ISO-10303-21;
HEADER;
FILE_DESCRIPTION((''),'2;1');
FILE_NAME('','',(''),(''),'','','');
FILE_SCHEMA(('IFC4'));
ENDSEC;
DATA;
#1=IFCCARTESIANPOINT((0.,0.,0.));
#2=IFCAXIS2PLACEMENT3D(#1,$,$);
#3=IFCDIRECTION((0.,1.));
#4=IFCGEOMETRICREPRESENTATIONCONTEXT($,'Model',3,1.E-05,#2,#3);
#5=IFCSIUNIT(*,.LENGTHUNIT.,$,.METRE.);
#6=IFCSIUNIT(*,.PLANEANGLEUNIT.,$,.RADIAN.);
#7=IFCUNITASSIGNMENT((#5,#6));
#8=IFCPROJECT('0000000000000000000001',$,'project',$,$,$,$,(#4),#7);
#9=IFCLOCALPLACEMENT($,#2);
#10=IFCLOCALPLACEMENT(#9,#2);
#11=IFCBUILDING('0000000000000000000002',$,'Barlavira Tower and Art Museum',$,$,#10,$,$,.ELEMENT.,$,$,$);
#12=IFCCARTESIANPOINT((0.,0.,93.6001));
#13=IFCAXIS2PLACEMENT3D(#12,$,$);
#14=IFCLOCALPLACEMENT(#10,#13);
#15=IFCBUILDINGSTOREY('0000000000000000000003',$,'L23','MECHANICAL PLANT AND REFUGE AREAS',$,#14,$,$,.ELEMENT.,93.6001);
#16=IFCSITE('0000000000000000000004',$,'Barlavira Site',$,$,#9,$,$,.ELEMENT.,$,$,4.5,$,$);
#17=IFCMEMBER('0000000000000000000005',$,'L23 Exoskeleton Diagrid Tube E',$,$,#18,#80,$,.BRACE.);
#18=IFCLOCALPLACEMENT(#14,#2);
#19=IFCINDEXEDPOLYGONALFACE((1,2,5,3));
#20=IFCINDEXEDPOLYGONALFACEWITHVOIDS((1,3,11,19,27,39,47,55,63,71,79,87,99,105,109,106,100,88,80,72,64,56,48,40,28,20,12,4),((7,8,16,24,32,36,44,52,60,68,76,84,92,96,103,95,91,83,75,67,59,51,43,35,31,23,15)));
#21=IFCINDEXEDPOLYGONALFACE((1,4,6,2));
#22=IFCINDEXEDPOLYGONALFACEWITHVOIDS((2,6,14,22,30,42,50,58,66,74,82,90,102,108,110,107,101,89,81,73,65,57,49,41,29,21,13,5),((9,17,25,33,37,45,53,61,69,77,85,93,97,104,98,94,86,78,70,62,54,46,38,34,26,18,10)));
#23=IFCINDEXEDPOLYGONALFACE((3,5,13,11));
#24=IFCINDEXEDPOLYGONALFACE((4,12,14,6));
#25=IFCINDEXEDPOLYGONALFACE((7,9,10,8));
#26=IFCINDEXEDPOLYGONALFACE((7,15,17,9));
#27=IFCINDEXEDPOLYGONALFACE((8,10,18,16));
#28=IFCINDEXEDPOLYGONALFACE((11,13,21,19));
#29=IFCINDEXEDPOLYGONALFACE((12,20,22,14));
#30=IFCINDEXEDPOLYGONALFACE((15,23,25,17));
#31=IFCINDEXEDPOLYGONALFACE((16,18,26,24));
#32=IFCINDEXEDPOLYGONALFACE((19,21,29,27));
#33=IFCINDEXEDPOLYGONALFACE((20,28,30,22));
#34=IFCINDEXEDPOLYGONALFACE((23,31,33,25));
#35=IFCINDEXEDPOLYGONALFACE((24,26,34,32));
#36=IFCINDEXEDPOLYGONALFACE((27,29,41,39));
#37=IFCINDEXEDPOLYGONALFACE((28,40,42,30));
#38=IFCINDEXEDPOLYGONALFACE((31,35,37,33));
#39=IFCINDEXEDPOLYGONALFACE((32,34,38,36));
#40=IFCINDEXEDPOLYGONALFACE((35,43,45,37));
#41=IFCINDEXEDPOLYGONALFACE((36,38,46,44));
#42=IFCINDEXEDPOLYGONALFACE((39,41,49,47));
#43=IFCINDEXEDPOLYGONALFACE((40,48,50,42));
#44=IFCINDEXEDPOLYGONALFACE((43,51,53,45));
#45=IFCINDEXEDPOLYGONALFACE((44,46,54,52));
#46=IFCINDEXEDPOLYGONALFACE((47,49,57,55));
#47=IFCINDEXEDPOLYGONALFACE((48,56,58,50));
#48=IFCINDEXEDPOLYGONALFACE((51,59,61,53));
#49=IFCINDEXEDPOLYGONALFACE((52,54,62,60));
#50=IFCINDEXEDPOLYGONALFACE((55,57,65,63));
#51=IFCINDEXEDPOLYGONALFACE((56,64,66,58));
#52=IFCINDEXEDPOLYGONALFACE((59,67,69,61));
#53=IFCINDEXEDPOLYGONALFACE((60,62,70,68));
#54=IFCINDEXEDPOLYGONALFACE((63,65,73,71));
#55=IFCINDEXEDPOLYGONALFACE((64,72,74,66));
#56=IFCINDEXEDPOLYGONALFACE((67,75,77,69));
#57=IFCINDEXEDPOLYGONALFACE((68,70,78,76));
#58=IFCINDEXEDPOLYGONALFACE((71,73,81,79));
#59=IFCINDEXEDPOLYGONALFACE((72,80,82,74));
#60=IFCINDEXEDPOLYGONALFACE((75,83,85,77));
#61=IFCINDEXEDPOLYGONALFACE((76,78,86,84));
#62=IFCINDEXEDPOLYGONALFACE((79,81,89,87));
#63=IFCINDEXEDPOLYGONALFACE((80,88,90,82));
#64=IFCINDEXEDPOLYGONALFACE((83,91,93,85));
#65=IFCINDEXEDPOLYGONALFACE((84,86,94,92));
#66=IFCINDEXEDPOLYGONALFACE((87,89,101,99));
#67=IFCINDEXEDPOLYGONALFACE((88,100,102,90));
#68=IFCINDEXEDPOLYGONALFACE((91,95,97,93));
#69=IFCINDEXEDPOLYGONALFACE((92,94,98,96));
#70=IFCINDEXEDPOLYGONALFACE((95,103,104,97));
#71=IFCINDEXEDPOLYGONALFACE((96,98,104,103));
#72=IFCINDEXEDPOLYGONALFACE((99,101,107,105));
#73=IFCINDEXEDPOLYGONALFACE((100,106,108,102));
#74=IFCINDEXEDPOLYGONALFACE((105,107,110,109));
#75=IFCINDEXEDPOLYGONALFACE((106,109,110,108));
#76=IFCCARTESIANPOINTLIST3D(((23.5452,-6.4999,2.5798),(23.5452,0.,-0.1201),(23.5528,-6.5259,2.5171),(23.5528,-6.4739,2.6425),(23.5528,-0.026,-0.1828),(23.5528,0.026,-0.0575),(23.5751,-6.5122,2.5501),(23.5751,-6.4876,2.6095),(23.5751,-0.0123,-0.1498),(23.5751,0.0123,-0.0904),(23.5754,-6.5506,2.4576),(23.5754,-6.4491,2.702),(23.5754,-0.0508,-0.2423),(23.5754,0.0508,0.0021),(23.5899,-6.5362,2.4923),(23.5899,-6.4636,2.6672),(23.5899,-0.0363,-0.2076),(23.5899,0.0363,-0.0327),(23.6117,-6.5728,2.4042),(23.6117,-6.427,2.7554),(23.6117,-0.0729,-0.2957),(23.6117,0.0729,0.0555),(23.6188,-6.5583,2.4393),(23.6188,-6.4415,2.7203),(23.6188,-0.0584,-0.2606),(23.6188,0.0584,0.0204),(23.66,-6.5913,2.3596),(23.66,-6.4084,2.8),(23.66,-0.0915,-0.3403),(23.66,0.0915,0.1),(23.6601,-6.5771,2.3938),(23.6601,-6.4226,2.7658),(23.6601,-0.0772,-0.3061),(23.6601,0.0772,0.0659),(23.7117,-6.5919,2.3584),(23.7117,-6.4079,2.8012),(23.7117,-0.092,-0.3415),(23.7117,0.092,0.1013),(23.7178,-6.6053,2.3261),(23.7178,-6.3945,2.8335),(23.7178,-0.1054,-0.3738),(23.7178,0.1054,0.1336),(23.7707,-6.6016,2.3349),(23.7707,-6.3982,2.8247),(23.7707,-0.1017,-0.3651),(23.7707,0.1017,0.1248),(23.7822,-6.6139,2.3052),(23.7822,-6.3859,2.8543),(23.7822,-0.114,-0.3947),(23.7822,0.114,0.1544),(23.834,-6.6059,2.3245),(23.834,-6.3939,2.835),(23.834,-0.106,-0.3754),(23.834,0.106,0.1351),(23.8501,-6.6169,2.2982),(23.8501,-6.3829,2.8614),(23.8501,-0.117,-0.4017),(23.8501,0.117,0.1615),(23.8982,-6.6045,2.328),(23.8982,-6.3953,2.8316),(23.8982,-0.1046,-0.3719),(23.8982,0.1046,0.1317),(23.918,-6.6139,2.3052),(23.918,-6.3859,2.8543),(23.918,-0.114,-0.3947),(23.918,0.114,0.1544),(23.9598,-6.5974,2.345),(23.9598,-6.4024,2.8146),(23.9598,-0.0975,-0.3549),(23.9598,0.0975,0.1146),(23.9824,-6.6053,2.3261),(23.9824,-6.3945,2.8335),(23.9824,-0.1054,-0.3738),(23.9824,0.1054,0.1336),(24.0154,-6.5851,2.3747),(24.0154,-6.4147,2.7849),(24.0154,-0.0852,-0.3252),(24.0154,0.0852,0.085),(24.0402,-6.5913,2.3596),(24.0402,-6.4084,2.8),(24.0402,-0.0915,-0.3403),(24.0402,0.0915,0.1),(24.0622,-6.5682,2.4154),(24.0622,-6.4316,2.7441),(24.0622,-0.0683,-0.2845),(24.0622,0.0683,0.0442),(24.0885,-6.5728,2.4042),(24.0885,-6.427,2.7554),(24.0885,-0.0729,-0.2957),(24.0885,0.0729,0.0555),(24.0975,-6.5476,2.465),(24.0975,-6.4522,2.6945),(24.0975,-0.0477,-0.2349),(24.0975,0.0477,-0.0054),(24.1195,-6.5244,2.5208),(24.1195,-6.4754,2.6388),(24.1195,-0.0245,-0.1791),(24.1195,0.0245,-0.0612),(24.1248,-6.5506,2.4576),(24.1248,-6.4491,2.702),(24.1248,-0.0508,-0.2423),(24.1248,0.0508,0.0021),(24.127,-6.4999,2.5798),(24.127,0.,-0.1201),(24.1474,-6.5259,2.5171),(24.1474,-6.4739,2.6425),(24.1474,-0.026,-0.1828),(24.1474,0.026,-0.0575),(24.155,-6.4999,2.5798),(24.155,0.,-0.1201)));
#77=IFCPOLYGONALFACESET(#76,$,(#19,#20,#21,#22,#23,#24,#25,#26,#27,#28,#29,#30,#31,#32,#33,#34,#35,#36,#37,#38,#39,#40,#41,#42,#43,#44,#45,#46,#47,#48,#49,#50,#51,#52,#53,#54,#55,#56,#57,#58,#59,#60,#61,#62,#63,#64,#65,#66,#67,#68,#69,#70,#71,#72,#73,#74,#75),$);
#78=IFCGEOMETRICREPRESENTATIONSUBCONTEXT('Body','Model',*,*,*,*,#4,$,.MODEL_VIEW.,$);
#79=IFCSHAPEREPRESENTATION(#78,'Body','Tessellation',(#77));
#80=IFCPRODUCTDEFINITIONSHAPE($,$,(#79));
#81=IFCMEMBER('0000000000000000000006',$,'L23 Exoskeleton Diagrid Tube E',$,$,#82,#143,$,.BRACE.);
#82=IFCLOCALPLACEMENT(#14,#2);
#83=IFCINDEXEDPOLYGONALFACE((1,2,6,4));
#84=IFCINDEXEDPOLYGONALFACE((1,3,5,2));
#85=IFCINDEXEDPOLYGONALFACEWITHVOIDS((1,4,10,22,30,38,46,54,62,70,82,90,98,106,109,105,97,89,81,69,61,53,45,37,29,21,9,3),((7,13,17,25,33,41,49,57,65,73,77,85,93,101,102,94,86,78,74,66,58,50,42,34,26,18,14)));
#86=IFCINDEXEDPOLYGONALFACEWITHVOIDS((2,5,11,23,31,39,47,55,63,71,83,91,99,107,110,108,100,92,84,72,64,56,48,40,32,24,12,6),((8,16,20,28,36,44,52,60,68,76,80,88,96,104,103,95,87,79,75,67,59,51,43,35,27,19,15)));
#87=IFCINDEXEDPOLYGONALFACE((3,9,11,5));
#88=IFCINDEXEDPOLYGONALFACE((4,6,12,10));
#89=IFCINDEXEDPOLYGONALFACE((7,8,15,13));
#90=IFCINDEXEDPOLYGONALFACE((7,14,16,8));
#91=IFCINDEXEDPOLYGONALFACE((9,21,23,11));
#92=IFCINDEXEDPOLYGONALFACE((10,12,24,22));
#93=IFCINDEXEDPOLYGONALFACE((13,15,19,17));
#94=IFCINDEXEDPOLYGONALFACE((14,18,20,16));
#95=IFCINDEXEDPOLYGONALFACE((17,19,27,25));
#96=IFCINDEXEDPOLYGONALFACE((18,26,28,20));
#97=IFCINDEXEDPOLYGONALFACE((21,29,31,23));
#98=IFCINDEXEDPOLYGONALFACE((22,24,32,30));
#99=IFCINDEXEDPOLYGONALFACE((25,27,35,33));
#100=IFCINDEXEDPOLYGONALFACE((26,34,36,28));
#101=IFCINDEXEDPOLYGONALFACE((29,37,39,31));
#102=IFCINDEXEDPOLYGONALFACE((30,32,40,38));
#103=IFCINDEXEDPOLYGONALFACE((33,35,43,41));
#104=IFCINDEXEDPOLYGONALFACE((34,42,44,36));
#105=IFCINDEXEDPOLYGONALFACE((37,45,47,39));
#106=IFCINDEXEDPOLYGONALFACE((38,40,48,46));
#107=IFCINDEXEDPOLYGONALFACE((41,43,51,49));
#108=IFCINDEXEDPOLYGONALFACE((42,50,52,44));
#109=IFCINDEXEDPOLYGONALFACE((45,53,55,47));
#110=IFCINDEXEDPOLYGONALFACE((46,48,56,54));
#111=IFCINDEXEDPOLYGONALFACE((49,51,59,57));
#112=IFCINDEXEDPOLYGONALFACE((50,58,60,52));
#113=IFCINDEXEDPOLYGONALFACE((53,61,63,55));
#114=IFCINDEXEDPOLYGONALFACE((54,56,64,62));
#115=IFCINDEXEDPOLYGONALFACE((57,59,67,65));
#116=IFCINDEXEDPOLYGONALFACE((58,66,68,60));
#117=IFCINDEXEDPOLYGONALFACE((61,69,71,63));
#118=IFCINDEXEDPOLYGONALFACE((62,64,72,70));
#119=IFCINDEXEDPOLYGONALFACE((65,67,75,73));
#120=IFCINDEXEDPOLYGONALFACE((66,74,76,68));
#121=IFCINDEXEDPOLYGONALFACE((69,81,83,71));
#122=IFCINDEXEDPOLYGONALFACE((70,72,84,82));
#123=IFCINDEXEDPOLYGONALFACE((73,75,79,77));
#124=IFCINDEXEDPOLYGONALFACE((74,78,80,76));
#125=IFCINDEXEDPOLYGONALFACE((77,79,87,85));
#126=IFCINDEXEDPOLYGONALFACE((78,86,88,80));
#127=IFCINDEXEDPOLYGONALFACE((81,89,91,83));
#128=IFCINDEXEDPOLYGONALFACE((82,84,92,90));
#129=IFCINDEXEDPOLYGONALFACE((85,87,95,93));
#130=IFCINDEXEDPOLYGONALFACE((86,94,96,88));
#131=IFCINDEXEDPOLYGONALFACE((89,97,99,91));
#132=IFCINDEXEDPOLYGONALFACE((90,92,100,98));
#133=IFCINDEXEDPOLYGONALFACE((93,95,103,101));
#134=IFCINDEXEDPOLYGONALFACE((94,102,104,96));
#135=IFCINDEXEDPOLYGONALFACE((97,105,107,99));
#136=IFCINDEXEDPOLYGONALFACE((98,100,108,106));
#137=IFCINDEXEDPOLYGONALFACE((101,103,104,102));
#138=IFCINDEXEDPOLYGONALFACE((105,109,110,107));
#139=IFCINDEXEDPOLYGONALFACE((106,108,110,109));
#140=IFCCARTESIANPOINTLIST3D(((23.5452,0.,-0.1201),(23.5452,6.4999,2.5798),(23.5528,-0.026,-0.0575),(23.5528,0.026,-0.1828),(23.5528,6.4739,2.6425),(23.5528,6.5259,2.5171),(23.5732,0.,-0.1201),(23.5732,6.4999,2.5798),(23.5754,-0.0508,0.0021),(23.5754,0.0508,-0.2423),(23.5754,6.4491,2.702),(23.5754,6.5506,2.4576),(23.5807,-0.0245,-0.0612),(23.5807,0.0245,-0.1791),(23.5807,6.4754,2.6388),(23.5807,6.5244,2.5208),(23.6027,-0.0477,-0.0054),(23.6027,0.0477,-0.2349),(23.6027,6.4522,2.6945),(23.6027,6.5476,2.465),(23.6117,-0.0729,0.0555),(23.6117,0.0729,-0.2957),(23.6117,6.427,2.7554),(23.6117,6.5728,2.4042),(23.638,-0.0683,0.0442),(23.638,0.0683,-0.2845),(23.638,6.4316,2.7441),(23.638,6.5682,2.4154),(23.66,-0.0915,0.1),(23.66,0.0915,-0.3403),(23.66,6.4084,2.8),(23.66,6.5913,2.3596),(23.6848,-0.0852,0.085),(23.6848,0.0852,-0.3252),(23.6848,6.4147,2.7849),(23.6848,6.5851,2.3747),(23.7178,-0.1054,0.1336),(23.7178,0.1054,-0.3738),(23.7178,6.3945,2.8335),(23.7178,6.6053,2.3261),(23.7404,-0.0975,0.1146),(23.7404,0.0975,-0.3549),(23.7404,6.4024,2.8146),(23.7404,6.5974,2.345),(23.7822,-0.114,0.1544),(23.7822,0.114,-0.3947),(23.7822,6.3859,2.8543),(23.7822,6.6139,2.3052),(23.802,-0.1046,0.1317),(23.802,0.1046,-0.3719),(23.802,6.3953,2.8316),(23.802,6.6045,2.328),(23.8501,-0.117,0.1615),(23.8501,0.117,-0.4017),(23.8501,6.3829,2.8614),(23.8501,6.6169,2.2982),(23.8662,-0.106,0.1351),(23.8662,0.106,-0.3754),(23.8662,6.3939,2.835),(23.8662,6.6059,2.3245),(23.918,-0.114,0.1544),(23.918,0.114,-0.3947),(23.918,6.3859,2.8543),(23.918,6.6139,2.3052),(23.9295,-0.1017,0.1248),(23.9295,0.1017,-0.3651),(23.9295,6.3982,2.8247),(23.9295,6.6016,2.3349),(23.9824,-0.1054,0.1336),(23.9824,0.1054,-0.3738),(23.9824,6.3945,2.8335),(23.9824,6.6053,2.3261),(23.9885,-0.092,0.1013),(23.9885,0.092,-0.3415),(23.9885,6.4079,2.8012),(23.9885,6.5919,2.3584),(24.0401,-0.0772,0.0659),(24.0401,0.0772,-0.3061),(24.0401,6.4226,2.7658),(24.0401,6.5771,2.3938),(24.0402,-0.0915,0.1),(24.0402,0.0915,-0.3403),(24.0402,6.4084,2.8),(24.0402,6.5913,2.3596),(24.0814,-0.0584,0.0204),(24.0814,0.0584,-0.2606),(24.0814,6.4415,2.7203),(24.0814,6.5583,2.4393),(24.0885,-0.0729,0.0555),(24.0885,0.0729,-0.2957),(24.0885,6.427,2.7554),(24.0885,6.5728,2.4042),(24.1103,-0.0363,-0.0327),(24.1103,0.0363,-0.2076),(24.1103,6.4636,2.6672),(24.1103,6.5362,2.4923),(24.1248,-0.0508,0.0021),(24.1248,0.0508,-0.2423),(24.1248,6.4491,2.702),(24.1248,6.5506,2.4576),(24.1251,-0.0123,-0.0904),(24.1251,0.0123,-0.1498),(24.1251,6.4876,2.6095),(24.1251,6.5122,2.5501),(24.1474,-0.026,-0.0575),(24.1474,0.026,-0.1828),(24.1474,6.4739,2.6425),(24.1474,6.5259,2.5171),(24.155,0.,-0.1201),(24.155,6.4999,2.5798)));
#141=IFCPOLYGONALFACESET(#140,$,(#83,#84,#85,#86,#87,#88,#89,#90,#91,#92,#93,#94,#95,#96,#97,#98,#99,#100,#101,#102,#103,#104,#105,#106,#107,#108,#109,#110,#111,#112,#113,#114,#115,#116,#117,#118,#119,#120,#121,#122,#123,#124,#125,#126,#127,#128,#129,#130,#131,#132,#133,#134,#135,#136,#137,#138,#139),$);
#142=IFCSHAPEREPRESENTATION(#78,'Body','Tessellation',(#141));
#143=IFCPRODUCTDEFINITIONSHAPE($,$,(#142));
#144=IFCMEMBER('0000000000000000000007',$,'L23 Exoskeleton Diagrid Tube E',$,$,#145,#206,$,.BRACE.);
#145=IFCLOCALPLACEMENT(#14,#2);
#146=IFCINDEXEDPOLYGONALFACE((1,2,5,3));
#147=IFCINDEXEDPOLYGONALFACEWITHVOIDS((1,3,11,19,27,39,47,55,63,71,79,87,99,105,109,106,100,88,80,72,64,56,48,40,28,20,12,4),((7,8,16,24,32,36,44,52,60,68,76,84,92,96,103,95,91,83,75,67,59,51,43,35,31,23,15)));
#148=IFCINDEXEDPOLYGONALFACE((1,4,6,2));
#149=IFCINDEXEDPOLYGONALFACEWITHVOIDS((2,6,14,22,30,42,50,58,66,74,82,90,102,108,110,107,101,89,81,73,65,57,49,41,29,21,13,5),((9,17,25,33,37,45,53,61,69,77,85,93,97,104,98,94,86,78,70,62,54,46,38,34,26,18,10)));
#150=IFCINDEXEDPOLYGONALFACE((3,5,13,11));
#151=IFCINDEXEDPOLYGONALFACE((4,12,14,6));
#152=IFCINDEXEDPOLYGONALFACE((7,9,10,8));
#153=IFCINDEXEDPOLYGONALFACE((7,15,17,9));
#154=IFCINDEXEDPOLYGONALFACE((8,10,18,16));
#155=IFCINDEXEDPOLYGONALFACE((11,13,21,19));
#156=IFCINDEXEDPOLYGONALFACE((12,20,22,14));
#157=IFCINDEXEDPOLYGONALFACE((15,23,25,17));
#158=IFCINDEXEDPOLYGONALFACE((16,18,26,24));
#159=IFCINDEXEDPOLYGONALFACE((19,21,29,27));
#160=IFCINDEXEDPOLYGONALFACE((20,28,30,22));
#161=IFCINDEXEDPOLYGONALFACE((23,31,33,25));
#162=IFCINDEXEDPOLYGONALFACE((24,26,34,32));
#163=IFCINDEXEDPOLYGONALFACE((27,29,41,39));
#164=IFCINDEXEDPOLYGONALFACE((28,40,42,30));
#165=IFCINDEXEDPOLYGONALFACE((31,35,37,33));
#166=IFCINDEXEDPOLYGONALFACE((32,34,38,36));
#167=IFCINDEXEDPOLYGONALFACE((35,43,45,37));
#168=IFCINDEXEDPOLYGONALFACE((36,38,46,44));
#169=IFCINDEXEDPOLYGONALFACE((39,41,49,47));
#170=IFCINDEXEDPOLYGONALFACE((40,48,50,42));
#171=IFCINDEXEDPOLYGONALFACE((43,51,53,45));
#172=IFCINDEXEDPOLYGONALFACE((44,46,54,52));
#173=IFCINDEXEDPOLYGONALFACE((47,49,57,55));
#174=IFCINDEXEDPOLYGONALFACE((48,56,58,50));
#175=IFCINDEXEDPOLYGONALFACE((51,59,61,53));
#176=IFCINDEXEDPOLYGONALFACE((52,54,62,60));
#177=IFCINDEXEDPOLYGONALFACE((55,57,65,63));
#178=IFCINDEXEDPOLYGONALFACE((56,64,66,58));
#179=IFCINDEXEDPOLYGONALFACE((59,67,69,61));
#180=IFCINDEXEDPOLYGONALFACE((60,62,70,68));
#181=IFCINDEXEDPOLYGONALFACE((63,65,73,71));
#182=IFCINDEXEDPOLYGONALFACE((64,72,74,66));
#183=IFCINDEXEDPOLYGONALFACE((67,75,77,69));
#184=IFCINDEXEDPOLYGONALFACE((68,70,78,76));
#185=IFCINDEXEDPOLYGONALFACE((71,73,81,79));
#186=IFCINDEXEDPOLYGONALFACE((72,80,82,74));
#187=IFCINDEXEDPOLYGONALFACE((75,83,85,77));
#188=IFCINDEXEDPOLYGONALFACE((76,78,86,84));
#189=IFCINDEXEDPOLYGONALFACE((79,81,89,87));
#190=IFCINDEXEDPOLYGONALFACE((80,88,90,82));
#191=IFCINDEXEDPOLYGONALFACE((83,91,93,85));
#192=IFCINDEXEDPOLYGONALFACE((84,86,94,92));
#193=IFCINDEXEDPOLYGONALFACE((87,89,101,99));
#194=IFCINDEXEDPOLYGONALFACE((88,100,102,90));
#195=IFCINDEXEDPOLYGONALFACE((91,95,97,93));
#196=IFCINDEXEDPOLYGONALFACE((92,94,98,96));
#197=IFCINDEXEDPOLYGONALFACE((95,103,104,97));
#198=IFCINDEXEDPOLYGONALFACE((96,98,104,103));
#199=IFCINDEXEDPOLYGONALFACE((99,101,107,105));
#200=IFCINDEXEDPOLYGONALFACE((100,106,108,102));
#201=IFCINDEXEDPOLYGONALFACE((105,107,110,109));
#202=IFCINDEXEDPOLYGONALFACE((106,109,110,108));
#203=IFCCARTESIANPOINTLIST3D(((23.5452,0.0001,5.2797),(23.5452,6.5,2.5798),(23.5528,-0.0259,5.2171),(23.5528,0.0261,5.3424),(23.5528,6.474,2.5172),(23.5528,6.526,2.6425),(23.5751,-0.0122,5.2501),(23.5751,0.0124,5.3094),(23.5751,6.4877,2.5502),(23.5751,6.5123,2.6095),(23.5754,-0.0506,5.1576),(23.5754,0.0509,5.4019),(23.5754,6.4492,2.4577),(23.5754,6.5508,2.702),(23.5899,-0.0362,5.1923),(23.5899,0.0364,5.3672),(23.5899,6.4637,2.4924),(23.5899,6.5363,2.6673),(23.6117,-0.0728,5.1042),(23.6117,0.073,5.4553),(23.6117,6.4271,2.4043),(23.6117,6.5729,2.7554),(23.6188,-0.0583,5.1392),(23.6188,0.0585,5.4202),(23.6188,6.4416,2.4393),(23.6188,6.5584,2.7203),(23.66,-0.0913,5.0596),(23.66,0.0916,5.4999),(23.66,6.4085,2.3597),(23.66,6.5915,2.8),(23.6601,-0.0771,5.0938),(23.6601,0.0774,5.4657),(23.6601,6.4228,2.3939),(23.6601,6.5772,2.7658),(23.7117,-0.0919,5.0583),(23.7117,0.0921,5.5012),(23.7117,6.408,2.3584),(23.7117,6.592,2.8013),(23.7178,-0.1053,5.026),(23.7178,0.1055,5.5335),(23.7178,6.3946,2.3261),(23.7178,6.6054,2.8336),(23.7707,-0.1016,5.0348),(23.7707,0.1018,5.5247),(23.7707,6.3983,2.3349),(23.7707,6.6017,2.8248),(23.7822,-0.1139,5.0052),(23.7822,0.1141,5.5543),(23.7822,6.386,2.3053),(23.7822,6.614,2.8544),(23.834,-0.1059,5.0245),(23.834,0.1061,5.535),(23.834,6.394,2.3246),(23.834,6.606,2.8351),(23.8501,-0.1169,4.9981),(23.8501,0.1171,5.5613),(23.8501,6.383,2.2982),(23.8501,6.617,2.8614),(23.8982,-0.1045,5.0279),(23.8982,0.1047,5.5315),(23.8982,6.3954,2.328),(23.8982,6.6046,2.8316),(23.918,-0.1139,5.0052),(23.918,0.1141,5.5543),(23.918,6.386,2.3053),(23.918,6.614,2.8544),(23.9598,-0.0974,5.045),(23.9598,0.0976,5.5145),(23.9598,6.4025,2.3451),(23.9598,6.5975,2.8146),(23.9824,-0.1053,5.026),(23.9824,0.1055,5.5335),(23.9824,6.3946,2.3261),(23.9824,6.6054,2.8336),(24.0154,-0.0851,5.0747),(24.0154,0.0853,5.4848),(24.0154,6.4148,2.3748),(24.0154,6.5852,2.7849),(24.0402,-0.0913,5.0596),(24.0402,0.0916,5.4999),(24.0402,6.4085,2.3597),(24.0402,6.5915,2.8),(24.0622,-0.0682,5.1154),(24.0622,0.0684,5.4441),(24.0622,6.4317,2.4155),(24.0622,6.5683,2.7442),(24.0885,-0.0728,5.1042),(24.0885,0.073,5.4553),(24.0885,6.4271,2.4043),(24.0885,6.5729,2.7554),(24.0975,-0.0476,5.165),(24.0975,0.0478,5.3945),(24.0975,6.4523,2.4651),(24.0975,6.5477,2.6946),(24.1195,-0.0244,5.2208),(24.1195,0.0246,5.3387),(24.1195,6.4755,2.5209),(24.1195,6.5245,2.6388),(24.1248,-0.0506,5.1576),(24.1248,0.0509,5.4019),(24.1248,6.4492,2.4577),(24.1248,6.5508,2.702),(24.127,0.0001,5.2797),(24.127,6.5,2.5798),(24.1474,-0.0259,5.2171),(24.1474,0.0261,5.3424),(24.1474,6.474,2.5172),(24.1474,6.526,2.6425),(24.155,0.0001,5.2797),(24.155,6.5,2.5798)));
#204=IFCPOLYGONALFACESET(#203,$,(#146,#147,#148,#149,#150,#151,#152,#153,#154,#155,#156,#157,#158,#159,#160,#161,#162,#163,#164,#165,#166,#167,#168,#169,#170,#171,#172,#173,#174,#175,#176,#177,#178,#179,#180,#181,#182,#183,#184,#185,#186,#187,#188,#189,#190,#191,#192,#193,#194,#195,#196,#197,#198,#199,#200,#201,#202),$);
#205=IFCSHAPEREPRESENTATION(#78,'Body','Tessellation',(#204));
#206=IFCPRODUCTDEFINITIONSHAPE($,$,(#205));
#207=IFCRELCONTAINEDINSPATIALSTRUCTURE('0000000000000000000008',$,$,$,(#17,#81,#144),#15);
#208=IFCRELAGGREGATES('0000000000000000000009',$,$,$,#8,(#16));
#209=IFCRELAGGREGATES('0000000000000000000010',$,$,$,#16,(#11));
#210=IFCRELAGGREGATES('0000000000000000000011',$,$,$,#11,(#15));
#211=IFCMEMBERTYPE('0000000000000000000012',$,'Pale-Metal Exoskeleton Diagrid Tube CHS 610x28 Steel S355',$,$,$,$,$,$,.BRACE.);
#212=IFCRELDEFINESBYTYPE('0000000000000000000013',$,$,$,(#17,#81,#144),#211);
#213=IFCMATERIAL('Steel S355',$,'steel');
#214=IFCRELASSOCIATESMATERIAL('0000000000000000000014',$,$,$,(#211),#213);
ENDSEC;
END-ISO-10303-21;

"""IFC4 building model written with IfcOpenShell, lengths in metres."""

from ifc_helpers import new_model, si_unit, direction, frame, origin, origin_2d, place, context, subcontext, project, spatial, hollow_circle, extrude, material, material_profile, profile_set, type_object, element, save


model = new_model("IFC4")

# Units and contexts
model_context = context("Model", 3, precision=1e-05, world=origin(), true_north=direction((0.0, 1.0)))
body_context = subcontext(model_context, "Body", "Model", "MODEL_VIEW")
ifc_project = project(units=[si_unit("LENGTHUNIT", "METRE"), si_unit("PLANEANGLEUNIT", "RADIAN")], contexts=[model_context])

# Site, building, storey
site_placement = place(None, origin())
site = spatial("IfcSite", under=ifc_project, at=site_placement, Name="Barlavira Site", CompositionType="ELEMENT", RefElevation=4.5)
building_placement = place(site_placement, origin())
building = spatial("IfcBuilding", under=site, at=building_placement, Name="Barlavira Tower and Art Museum", CompositionType="ELEMENT")
storey_placement = place(building_placement, frame((0.0, 0.0, 93.6001)))
storey = spatial("IfcBuildingStorey", under=building, at=storey_placement, Name="L23", Description="MECHANICAL PLANT AND REFUGE AREAS", CompositionType="ELEMENT", Elevation=93.6001)

# Members
ifc_material_1 = material(Name="Steel S355", Category="steel")
ifc_material_profile_1 = material_profile(ifc_material_1, hollow_circle(Radius=0.3049, WallThickness=0.0281, at=origin_2d()), Name="CHS 610.0x28.0")
ifc_profile_set_1 = profile_set([ifc_material_profile_1], Name="Steel S355")
member_type_1 = type_object("IfcMemberType", Name="Pale-Metal Exoskeleton Diagrid Tube CHS 610x28 Steel S355", PredefinedType="BRACE", material=ifc_profile_set_1)
for number, where, z_axis, x_axis, name in (
    (1, (23.8501, 0.0, -0.1201), (0.0, -0.923499, 0.3836), (1.0, 0.0, 0.0), "L23 Exoskeleton Diagrid Tube E"),
    (2, (23.8501, 0.0, -0.1201), (0.0, 0.923499, 0.3836), (-1.0, 0.0, 0.0), "L23 Exoskeleton Diagrid Tube E"),
    (3, (23.8501, 6.5, 2.5798), (0.0, -0.923499, 0.3836), (1.0, 0.0, 0.0), "L23 Exoskeleton Diagrid Tube E"),
):
    element("IfcMember", number, at=place(storey_placement, frame(where, z_axis=z_axis, x_axis=x_axis)), inside=storey, type_object=member_type_1, Name=name, PredefinedType="BRACE", context=body_context, shape_type="SweptSolid", body=[
        extrude(hollow_circle(Radius=0.3049, WallThickness=0.0281, at=origin_2d()), origin(), (0.0, 0.0, 1.0), 7.0383),
    ])

save(model, "model.ifc")
